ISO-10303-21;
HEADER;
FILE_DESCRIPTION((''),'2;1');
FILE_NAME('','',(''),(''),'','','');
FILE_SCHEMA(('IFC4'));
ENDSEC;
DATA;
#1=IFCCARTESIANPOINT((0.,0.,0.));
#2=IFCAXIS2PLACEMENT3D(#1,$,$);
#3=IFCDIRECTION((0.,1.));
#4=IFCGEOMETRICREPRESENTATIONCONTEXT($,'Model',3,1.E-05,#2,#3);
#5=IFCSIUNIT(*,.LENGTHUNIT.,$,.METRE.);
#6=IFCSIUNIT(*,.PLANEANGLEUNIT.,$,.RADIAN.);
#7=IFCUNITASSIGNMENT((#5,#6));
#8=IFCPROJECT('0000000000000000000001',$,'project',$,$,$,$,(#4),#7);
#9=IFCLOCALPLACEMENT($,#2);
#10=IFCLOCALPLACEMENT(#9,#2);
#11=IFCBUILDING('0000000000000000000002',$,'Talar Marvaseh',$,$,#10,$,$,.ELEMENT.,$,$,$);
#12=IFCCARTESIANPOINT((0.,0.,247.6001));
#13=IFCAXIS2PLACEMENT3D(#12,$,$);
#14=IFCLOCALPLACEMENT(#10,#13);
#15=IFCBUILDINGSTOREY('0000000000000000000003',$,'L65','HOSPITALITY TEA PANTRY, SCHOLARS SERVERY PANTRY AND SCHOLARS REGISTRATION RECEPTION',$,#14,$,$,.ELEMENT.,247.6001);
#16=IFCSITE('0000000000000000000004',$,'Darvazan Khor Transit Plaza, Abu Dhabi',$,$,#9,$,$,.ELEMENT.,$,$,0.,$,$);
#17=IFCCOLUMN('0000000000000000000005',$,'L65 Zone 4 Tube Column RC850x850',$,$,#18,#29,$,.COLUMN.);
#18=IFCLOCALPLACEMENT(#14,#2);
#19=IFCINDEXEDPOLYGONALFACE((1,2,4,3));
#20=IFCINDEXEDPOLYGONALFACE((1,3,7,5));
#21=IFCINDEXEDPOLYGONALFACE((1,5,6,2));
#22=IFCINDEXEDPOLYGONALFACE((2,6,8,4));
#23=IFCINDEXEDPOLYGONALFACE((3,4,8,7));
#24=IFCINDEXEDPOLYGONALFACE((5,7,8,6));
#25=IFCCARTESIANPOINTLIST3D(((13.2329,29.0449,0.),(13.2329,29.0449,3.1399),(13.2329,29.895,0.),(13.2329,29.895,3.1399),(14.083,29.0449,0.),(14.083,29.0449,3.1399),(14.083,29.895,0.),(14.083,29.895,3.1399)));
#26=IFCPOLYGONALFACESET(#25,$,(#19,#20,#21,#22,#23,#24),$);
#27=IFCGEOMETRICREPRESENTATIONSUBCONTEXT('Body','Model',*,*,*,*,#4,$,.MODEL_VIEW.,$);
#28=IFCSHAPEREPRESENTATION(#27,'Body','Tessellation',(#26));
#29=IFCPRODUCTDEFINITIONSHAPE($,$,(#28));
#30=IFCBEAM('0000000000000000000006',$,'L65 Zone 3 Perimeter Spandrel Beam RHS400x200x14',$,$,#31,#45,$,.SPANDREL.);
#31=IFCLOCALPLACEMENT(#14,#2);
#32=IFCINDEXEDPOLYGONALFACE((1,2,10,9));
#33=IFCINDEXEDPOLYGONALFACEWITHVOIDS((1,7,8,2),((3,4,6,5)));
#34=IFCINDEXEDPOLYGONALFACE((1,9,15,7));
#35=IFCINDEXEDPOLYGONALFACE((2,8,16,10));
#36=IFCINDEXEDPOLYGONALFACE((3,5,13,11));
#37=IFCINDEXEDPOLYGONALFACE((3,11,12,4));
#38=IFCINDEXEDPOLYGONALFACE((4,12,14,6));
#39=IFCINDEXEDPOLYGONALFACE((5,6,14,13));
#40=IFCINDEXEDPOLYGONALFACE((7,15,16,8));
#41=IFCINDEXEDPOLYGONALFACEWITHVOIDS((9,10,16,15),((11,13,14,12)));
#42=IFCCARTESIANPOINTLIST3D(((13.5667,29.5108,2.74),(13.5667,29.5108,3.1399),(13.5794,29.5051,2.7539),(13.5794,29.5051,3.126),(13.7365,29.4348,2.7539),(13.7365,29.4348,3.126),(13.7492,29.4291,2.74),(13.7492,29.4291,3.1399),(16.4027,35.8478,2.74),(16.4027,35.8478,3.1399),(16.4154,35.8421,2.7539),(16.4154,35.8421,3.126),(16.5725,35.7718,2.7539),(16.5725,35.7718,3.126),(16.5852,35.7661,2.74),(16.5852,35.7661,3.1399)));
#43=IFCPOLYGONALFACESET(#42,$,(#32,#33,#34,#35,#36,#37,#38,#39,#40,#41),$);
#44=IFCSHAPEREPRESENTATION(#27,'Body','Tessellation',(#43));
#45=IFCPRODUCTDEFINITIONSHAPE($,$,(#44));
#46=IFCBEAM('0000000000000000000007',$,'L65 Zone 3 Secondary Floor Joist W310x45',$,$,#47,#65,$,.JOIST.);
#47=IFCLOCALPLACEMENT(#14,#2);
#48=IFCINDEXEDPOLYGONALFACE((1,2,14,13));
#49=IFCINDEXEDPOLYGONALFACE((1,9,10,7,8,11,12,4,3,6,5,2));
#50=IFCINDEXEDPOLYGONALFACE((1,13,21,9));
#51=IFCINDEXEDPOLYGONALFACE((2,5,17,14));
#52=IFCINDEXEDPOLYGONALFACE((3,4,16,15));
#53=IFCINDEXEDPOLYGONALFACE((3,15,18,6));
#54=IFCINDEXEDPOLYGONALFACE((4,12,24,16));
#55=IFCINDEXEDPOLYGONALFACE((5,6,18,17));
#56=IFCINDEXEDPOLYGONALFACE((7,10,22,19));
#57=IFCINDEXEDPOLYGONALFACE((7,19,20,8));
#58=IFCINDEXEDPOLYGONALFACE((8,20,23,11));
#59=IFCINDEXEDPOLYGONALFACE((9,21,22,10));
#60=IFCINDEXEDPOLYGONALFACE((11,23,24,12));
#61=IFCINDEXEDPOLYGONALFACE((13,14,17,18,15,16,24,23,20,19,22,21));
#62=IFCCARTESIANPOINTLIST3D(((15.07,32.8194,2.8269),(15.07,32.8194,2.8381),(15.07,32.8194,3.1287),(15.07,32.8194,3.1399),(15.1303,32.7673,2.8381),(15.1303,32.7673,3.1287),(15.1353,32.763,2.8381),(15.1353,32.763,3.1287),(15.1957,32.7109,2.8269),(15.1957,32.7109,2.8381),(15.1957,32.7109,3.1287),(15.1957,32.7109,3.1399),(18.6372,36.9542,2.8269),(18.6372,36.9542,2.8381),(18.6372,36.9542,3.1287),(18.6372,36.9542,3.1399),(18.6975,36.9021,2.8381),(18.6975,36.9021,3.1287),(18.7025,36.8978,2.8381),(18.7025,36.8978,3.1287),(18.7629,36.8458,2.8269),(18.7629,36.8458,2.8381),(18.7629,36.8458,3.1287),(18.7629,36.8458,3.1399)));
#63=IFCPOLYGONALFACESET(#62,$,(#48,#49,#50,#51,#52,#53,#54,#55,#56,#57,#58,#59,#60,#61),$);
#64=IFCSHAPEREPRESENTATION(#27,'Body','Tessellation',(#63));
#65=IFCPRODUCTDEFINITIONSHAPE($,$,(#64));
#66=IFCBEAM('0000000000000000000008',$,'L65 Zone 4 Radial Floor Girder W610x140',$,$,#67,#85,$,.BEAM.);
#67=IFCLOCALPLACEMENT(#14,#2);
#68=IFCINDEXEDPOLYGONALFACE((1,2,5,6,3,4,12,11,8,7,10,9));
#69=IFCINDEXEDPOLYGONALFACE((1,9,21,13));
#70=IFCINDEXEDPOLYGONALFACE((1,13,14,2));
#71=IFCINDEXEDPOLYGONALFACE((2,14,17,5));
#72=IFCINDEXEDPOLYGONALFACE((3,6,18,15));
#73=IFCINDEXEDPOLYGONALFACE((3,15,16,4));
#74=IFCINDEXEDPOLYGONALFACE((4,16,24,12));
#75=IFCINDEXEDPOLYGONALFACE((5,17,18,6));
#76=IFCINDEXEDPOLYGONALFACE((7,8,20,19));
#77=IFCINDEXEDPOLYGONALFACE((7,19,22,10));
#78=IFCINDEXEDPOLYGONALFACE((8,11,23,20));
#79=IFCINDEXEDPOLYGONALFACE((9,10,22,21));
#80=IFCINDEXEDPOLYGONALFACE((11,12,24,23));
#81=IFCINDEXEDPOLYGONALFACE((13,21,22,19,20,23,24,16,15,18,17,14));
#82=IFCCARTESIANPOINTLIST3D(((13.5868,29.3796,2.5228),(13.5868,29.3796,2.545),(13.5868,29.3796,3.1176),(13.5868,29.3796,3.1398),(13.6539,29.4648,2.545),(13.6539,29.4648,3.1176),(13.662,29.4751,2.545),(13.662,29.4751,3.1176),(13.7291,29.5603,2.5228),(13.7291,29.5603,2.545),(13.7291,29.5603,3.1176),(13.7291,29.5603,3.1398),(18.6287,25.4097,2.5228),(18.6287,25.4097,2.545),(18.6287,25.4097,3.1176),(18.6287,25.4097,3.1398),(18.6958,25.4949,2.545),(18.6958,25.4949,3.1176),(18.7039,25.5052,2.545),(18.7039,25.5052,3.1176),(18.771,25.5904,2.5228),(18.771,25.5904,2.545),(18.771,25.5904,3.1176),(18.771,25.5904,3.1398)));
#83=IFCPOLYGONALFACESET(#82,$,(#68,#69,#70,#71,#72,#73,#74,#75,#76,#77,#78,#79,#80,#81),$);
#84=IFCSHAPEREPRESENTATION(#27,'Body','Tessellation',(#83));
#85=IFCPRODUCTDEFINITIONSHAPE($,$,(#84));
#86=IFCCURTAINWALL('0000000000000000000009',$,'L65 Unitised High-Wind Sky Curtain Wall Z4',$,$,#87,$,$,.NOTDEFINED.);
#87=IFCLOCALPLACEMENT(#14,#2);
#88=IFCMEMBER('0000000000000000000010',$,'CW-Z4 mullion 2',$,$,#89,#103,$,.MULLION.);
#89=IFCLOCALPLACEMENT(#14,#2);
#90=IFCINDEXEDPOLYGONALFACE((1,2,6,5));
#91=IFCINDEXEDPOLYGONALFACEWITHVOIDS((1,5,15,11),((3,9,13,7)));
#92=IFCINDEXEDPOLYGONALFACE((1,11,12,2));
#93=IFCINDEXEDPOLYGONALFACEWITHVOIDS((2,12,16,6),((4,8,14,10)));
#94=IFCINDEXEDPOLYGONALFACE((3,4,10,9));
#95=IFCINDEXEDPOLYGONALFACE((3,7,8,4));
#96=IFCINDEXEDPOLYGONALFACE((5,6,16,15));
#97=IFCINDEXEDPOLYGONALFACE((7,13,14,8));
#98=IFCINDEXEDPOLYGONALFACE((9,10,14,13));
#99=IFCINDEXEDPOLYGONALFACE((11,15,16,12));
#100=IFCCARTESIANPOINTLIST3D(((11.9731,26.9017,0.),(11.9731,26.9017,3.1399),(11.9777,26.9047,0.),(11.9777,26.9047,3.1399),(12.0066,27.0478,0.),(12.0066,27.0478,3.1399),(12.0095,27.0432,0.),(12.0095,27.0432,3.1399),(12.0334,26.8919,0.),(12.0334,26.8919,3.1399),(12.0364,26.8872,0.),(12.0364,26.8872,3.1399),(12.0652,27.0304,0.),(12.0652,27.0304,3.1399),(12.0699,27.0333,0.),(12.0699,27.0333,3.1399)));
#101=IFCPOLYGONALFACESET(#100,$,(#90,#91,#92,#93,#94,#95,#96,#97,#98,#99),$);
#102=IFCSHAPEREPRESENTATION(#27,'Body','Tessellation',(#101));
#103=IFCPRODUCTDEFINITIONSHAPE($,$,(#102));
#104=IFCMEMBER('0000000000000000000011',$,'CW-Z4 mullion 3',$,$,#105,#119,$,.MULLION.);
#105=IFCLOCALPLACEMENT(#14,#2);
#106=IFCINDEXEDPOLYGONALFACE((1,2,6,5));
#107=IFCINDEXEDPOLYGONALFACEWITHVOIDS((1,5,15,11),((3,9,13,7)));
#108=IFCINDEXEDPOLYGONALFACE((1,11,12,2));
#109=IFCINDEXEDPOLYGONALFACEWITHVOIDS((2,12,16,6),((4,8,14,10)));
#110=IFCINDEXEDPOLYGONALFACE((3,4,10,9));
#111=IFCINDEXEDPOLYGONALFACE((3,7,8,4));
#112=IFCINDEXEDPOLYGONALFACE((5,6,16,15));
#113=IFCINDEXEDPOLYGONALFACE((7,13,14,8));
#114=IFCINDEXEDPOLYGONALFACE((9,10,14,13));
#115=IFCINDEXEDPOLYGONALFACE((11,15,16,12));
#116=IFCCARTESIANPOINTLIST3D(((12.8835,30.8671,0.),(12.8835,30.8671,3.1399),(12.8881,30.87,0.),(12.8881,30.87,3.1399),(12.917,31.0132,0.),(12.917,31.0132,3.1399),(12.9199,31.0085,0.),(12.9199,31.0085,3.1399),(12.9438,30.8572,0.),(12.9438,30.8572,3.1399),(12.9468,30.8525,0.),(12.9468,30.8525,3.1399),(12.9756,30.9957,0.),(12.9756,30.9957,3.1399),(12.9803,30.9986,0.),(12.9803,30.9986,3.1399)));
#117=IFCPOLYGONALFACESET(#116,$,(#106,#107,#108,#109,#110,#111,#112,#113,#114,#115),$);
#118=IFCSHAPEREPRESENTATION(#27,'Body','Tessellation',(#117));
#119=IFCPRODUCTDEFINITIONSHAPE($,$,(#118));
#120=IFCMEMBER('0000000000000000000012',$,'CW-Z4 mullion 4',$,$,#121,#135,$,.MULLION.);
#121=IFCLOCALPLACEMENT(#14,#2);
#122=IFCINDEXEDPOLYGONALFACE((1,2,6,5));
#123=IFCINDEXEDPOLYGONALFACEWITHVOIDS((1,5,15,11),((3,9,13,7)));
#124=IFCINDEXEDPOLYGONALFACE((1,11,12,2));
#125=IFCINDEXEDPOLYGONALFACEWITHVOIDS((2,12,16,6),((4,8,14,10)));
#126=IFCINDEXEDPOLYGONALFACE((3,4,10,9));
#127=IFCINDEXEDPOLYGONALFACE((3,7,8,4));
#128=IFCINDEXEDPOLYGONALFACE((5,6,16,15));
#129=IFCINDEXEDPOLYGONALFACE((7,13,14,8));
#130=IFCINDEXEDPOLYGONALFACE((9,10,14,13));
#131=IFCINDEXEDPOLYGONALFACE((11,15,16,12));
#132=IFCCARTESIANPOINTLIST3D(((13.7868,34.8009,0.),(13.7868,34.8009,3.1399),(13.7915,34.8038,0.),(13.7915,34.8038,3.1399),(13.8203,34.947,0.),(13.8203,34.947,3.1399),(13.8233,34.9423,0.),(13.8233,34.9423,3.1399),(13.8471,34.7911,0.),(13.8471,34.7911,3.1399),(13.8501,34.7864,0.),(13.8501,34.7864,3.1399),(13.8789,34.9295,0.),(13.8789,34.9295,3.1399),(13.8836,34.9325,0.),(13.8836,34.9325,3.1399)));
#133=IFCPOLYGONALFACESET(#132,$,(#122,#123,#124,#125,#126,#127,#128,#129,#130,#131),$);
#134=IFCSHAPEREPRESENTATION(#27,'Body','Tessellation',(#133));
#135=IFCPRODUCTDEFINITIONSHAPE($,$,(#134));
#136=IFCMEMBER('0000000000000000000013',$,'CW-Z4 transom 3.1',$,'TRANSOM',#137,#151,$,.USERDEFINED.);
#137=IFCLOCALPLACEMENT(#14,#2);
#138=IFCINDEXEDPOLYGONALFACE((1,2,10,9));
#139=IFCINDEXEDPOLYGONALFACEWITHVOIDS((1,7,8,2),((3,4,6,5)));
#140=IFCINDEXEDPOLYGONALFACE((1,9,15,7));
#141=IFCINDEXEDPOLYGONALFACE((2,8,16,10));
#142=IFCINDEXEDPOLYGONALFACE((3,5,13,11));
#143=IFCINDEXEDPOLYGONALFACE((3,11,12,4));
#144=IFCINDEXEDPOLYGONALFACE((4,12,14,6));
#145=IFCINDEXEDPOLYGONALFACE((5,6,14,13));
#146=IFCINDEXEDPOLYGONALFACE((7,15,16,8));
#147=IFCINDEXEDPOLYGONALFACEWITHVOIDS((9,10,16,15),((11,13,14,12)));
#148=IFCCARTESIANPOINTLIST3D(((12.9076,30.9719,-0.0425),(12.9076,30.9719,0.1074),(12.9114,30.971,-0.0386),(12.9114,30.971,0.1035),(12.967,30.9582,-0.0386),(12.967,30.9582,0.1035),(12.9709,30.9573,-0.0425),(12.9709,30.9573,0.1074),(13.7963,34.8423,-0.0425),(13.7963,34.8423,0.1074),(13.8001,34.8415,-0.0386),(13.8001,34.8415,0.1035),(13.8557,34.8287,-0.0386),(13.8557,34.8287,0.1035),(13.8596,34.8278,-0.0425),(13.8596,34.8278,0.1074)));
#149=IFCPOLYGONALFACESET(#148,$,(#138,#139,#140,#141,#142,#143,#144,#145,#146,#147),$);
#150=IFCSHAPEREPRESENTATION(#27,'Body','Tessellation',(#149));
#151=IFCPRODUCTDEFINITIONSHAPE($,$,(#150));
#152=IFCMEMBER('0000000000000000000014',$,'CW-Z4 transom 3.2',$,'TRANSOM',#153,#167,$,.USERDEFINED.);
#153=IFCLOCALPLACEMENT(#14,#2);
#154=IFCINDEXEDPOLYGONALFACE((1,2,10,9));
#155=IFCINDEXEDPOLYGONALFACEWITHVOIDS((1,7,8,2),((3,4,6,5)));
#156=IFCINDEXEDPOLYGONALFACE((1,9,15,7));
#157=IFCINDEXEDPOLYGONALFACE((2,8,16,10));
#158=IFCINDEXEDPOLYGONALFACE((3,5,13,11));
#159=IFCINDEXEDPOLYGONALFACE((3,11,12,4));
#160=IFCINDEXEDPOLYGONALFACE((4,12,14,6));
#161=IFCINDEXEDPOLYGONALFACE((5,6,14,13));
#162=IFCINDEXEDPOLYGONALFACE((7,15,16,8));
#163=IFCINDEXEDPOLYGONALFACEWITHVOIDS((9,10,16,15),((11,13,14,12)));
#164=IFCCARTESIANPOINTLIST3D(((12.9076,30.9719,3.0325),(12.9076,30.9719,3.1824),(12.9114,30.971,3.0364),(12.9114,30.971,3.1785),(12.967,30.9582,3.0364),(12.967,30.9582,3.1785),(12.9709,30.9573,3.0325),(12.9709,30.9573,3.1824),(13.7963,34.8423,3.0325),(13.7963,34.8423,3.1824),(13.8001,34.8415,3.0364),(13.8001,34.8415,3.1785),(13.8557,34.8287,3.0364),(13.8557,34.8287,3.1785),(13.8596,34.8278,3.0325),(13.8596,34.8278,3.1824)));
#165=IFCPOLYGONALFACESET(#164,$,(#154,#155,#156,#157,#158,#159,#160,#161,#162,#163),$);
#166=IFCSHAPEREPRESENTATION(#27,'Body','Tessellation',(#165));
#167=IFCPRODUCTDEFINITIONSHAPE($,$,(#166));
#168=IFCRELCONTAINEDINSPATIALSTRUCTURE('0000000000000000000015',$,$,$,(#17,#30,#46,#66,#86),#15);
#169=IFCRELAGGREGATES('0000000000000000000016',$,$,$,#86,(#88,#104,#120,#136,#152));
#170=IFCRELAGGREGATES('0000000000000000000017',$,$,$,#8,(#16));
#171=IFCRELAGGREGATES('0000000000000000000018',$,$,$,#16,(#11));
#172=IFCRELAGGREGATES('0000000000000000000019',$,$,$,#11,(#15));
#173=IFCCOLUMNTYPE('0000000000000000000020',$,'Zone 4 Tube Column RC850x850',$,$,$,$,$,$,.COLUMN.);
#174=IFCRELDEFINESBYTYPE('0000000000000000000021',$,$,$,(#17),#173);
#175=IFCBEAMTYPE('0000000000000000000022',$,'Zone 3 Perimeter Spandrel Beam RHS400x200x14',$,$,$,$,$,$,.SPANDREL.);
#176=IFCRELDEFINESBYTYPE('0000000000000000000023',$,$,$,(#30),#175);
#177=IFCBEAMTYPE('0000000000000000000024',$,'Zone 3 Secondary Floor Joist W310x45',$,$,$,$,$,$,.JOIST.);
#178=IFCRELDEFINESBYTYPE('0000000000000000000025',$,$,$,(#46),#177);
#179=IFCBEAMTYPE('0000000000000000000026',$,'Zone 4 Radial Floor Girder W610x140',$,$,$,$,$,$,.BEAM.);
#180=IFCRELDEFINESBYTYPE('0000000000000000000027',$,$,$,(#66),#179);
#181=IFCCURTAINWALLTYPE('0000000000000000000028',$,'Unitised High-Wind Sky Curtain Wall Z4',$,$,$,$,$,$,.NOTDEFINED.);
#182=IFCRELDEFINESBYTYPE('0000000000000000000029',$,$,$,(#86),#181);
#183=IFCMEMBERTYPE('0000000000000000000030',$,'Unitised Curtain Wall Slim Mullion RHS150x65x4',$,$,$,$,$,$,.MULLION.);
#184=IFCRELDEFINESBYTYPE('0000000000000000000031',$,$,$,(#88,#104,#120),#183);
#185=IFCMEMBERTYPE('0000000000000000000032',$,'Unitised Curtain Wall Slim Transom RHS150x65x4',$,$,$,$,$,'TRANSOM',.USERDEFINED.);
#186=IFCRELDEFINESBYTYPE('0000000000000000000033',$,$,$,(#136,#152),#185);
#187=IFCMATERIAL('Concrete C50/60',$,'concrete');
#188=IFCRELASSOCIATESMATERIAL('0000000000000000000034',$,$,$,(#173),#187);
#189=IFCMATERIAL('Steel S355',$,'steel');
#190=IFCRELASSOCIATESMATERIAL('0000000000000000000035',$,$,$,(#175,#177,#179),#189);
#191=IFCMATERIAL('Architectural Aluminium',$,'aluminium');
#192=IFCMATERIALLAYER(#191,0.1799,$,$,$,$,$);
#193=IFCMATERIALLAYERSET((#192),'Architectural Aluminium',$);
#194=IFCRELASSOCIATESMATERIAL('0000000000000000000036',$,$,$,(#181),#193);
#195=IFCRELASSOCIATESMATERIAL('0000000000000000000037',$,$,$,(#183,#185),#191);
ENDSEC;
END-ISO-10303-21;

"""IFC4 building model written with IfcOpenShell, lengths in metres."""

from ifc_helpers import new_model, si_unit, direction, frame, origin, origin_2d, place, context, subcontext, project, spatial, rectangle, hollow_rectangle, i_section, extrude, source, transform, mapped, material, layer, layer_set, material_profile, profile_set, type_object, type_shapes, element, aggregate, save


model = new_model("IFC4")

# Units and contexts
model_context = context("Model", 3, precision=1e-05, world=origin(), true_north=direction((0.0, 1.0)))
body_context = subcontext(model_context, "Body", "Model", "MODEL_VIEW")
ifc_project = project(units=[si_unit("LENGTHUNIT", "METRE"), si_unit("PLANEANGLEUNIT", "RADIAN")], contexts=[model_context])

# Site, building, storey
site_placement = place(None, origin())
site = spatial("IfcSite", under=ifc_project, at=site_placement, Name="Darvazan Khor Transit Plaza, Abu Dhabi", CompositionType="ELEMENT", RefElevation=0.0)
building_placement = place(site_placement, origin())
building = spatial("IfcBuilding", under=site, at=building_placement, Name="Talar Marvaseh", CompositionType="ELEMENT")
storey_placement = place(building_placement, frame((0.0, 0.0, 247.6001)))
storey = spatial("IfcBuildingStorey", under=building, at=storey_placement, Name="L65", Description="HOSPITALITY TEA PANTRY, SCHOLARS SERVERY PANTRY AND SCHOLARS REGISTRATION RECEPTION", CompositionType="ELEMENT", Elevation=247.6001)

# Column
ifc_material_1 = material(Name="Concrete C50/60", Category="concrete")
ifc_material_profile_1 = material_profile(ifc_material_1, rectangle(XDim=0.8501, YDim=0.8501, at=origin_2d()), Name="RC850x850")
ifc_profile_set_1 = profile_set([ifc_material_profile_1], Name="Concrete C50/60")
column_type = type_object("IfcColumnType", Name="Zone 4 Tube Column RC850x850", PredefinedType="COLUMN", material=ifc_profile_set_1)
column_placement = place(storey_placement, frame((13.658, 29.47, 0.0), z_axis=(0.0, 0.0, 1.0), x_axis=(1.0, 0.0, 0.0)))
element("IfcColumn", 1, at=column_placement, inside=storey, type_object=column_type, Name="L65 Zone 4 Tube Column RC850x850", PredefinedType="COLUMN", context=body_context, shape_type="SweptSolid", body=[
    extrude(rectangle(XDim=0.8501, YDim=0.8501, at=origin_2d()), origin(), (0.0, 0.0, 1.0), 3.1399),
])

# Beams
ifc_material_2 = material(Name="Steel S355", Category="steel")
ifc_material_profile_2 = material_profile(ifc_material_2, hollow_rectangle(XDim=0.2, YDim=0.3999, WallThickness=0.0139, at=origin_2d()), Name="RHS400x200x14")
ifc_profile_set_2 = profile_set([ifc_material_profile_2], Name="Steel S355")
beam_type_1 = type_object("IfcBeamType", Name="Zone 3 Perimeter Spandrel Beam RHS400x200x14", PredefinedType="SPANDREL", material=ifc_profile_set_2)
beam_1_placement = place(storey_placement, frame((13.658, 29.47, 2.9399), z_axis=(0.408486, 0.912764, 0.0), x_axis=(-0.912764, 0.408486, 0.0)))
element("IfcBeam", 2, at=beam_1_placement, inside=storey, type_object=beam_type_1, Name="L65 Zone 3 Perimeter Spandrel Beam RHS400x200x14", PredefinedType="SPANDREL", context=body_context, shape_type="SweptSolid", body=[
    extrude(hollow_rectangle(XDim=0.2, YDim=0.3999, WallThickness=0.0139, at=origin_2d()), origin(), (0.0, 0.0, 1.0), 6.9426),
])
ifc_material_profile_3 = material_profile(ifc_material_2, i_section(OverallWidth=0.166, OverallDepth=0.313, WebThickness=0.0066, FlangeThickness=0.0112, at=origin_2d()), Name="W310x45")
ifc_profile_set_3 = profile_set([ifc_material_profile_3], Name="Steel S355")
beam_type_2 = type_object("IfcBeamType", Name="Zone 3 Secondary Floor Joist W310x45", PredefinedType="JOIST", material=ifc_profile_set_3)
beam_2_placement = place(storey_placement, frame((15.1328, 32.7651, 2.9834), z_axis=(0.653222, 0.757167, 0.0), x_axis=(-0.757167, 0.653222, 0.0)))
element("IfcBeam", 3, at=beam_2_placement, inside=storey, type_object=beam_type_2, Name="L65 Zone 3 Secondary Floor Joist W310x45", PredefinedType="JOIST", context=body_context, shape_type="SweptSolid", body=[
    extrude(i_section(OverallWidth=0.166, OverallDepth=0.313, WebThickness=0.0066, FlangeThickness=0.0112, at=origin_2d()), origin(), (0.0, 0.0, 1.0), 5.4609),
])
ifc_material_profile_4 = material_profile(ifc_material_2, i_section(OverallWidth=0.23, OverallDepth=0.6169, WebThickness=0.0132, FlangeThickness=0.0222, at=origin_2d()), Name="W610x140")
ifc_profile_set_4 = profile_set([ifc_material_profile_4], Name="Steel S355")
beam_type_3 = type_object("IfcBeamType", Name="Zone 4 Radial Floor Girder W610x140", PredefinedType="BEAM", material=ifc_profile_set_4)
beam_3_placement = place(storey_placement, frame((13.658, 29.47, 2.8313), z_axis=(0.785682, -0.618631, 0.0), x_axis=(0.618631, 0.785682, 0.0)))
element("IfcBeam", 4, at=beam_3_placement, inside=storey, type_object=beam_type_3, Name="L65 Zone 4 Radial Floor Girder W610x140", PredefinedType="BEAM", context=body_context, shape_type="SweptSolid", body=[
    extrude(i_section(OverallWidth=0.23, OverallDepth=0.6169, WebThickness=0.0132, FlangeThickness=0.0222, at=origin_2d()), origin(), (0.0, 0.0, 1.0), 6.4172),
])

# Curtain wall, members
ifc_material_3 = material(Name="Architectural Aluminium", Category="aluminium")
ifc_layer_1 = layer(ifc_material_3, 0.1799)
ifc_layer_set_1 = layer_set([ifc_layer_1], Name="Architectural Aluminium")
curtain_wall_type = type_object("IfcCurtainWallType", Name="Unitised High-Wind Sky Curtain Wall Z4", PredefinedType="NOTDEFINED", material=ifc_layer_set_1)
curtain_wall_placement = place(storey_placement, origin())
curtain_wall = element("IfcCurtainWall", 5, at=curtain_wall_placement, inside=storey, type_object=curtain_wall_type, Name="L65 Unitised High-Wind Sky Curtain Wall Z4", PredefinedType="NOTDEFINED")
ifc_material_profile_5 = material_profile(ifc_material_3, hollow_rectangle(XDim=0.0649, YDim=0.1499, WallThickness=0.0039, at=origin_2d()), Name="RHS150x65x4")
ifc_profile_set_5 = profile_set([ifc_material_profile_5], Name="Architectural Aluminium")
member_type_1 = type_object("IfcMemberType", Name="Unitised Curtain Wall Slim Mullion RHS150x65x4", PredefinedType="MULLION", material=ifc_profile_set_5)
shared_shape_1 = source(origin(), body_context, "Body", "SweptSolid", [
    extrude(hollow_rectangle(XDim=0.0649, YDim=0.1499, WallThickness=0.0039, at=origin_2d()), origin(), (0.0, 0.0, 1.0), 3.1399),
])
type_shapes(member_type_1, [shared_shape_1])
member_1_placement = place(storey_placement, frame((12.0215, 26.9675, 0.0), z_axis=(0.0, 0.0, 1.0), x_axis=(-0.974637, 0.223792, 0.0)))
member_1 = element("IfcMember", 6, at=member_1_placement, type_object=member_type_1, Name="CW-Z4 mullion 2", PredefinedType="MULLION", context=body_context, shape_type="MappedRepresentation", body=[
    mapped(shared_shape_1, transform((0.0, 0.0, 0.0), x_axis=(1.0, 0.0, 0.0), y_axis=(0.0, 1.0, 0.0), z_axis=(0.0, 0.0, 1.0), scale=1.0)),
])
member_2_placement = place(storey_placement, frame((12.9319, 30.9329, 0.0), z_axis=(0.0, 0.0, 1.0), x_axis=(-0.974637, 0.223792, 0.0)))
member_2 = element("IfcMember", 7, at=member_2_placement, type_object=member_type_1, Name="CW-Z4 mullion 3", PredefinedType="MULLION", context=body_context, shape_type="MappedRepresentation", body=[
    mapped(shared_shape_1, transform((0.0, 0.0, 0.0), x_axis=(1.0, 0.0, 0.0), y_axis=(0.0, 1.0, 0.0), z_axis=(0.0, 0.0, 1.0), scale=1.0)),
])
member_3_placement = place(storey_placement, frame((13.8352, 34.8667, 0.0), z_axis=(0.0, 0.0, 1.0), x_axis=(-0.974637, 0.223792, 0.0)))
member_3 = element("IfcMember", 8, at=member_3_placement, type_object=member_type_1, Name="CW-Z4 mullion 4", PredefinedType="MULLION", context=body_context, shape_type="MappedRepresentation", body=[
    mapped(shared_shape_1, transform((0.0, 0.0, 0.0), x_axis=(1.0, 0.0, 0.0), y_axis=(0.0, 1.0, 0.0), z_axis=(0.0, 0.0, 1.0), scale=1.0)),
])
ifc_material_profile_6 = material_profile(ifc_material_3, hollow_rectangle(XDim=0.0649, YDim=0.1499, WallThickness=0.0039, at=origin_2d()), Name="RHS150x65x4")
ifc_profile_set_6 = profile_set([ifc_material_profile_6], Name="Architectural Aluminium")
member_type_2 = type_object("IfcMemberType", Name="Unitised Curtain Wall Slim Transom RHS150x65x4", ElementType="TRANSOM", PredefinedType="USERDEFINED", material=ifc_profile_set_6)
shared_shape_2 = source(origin(), body_context, "Body", "SweptSolid", [
    extrude(hollow_rectangle(XDim=0.0649, YDim=0.1499, WallThickness=0.0039, at=origin_2d()), origin(), (0.0, 0.0, 1.0), 3.9712),
])
member_4_placement = place(storey_placement, frame((12.9392, 30.9646, 0.0325), z_axis=(0.223786, 0.974638, 0.0), x_axis=(-0.974638, 0.223786, 0.0)))
member_4 = element("IfcMember", 9, at=member_4_placement, type_object=member_type_2, Name="CW-Z4 transom 3.1", ObjectType="TRANSOM", PredefinedType="USERDEFINED", context=body_context, shape_type="MappedRepresentation", body=[
    mapped(shared_shape_2, transform((0.0, 0.0, 0.0), x_axis=(1.0, 0.0, 0.0), y_axis=(0.0, 1.0, 0.0), z_axis=(0.0, 0.0, 1.0), scale=1.0)),
])
member_5_placement = place(storey_placement, frame((12.9392, 30.9646, 3.1074), z_axis=(0.223786, 0.974638, 0.0), x_axis=(-0.974638, 0.223786, 0.0)))
member_5 = element("IfcMember", 10, at=member_5_placement, type_object=member_type_2, Name="CW-Z4 transom 3.2", ObjectType="TRANSOM", PredefinedType="USERDEFINED", context=body_context, shape_type="MappedRepresentation", body=[
    mapped(shared_shape_2, transform((0.0, 0.0, 0.0), x_axis=(1.0, 0.0, 0.0), y_axis=(0.0, 1.0, 0.0), z_axis=(0.0, 0.0, 1.0), scale=1.0)),
])
aggregate(curtain_wall, [member_1, member_2, member_3, member_4, member_5])

save(model, "model.ifc")
